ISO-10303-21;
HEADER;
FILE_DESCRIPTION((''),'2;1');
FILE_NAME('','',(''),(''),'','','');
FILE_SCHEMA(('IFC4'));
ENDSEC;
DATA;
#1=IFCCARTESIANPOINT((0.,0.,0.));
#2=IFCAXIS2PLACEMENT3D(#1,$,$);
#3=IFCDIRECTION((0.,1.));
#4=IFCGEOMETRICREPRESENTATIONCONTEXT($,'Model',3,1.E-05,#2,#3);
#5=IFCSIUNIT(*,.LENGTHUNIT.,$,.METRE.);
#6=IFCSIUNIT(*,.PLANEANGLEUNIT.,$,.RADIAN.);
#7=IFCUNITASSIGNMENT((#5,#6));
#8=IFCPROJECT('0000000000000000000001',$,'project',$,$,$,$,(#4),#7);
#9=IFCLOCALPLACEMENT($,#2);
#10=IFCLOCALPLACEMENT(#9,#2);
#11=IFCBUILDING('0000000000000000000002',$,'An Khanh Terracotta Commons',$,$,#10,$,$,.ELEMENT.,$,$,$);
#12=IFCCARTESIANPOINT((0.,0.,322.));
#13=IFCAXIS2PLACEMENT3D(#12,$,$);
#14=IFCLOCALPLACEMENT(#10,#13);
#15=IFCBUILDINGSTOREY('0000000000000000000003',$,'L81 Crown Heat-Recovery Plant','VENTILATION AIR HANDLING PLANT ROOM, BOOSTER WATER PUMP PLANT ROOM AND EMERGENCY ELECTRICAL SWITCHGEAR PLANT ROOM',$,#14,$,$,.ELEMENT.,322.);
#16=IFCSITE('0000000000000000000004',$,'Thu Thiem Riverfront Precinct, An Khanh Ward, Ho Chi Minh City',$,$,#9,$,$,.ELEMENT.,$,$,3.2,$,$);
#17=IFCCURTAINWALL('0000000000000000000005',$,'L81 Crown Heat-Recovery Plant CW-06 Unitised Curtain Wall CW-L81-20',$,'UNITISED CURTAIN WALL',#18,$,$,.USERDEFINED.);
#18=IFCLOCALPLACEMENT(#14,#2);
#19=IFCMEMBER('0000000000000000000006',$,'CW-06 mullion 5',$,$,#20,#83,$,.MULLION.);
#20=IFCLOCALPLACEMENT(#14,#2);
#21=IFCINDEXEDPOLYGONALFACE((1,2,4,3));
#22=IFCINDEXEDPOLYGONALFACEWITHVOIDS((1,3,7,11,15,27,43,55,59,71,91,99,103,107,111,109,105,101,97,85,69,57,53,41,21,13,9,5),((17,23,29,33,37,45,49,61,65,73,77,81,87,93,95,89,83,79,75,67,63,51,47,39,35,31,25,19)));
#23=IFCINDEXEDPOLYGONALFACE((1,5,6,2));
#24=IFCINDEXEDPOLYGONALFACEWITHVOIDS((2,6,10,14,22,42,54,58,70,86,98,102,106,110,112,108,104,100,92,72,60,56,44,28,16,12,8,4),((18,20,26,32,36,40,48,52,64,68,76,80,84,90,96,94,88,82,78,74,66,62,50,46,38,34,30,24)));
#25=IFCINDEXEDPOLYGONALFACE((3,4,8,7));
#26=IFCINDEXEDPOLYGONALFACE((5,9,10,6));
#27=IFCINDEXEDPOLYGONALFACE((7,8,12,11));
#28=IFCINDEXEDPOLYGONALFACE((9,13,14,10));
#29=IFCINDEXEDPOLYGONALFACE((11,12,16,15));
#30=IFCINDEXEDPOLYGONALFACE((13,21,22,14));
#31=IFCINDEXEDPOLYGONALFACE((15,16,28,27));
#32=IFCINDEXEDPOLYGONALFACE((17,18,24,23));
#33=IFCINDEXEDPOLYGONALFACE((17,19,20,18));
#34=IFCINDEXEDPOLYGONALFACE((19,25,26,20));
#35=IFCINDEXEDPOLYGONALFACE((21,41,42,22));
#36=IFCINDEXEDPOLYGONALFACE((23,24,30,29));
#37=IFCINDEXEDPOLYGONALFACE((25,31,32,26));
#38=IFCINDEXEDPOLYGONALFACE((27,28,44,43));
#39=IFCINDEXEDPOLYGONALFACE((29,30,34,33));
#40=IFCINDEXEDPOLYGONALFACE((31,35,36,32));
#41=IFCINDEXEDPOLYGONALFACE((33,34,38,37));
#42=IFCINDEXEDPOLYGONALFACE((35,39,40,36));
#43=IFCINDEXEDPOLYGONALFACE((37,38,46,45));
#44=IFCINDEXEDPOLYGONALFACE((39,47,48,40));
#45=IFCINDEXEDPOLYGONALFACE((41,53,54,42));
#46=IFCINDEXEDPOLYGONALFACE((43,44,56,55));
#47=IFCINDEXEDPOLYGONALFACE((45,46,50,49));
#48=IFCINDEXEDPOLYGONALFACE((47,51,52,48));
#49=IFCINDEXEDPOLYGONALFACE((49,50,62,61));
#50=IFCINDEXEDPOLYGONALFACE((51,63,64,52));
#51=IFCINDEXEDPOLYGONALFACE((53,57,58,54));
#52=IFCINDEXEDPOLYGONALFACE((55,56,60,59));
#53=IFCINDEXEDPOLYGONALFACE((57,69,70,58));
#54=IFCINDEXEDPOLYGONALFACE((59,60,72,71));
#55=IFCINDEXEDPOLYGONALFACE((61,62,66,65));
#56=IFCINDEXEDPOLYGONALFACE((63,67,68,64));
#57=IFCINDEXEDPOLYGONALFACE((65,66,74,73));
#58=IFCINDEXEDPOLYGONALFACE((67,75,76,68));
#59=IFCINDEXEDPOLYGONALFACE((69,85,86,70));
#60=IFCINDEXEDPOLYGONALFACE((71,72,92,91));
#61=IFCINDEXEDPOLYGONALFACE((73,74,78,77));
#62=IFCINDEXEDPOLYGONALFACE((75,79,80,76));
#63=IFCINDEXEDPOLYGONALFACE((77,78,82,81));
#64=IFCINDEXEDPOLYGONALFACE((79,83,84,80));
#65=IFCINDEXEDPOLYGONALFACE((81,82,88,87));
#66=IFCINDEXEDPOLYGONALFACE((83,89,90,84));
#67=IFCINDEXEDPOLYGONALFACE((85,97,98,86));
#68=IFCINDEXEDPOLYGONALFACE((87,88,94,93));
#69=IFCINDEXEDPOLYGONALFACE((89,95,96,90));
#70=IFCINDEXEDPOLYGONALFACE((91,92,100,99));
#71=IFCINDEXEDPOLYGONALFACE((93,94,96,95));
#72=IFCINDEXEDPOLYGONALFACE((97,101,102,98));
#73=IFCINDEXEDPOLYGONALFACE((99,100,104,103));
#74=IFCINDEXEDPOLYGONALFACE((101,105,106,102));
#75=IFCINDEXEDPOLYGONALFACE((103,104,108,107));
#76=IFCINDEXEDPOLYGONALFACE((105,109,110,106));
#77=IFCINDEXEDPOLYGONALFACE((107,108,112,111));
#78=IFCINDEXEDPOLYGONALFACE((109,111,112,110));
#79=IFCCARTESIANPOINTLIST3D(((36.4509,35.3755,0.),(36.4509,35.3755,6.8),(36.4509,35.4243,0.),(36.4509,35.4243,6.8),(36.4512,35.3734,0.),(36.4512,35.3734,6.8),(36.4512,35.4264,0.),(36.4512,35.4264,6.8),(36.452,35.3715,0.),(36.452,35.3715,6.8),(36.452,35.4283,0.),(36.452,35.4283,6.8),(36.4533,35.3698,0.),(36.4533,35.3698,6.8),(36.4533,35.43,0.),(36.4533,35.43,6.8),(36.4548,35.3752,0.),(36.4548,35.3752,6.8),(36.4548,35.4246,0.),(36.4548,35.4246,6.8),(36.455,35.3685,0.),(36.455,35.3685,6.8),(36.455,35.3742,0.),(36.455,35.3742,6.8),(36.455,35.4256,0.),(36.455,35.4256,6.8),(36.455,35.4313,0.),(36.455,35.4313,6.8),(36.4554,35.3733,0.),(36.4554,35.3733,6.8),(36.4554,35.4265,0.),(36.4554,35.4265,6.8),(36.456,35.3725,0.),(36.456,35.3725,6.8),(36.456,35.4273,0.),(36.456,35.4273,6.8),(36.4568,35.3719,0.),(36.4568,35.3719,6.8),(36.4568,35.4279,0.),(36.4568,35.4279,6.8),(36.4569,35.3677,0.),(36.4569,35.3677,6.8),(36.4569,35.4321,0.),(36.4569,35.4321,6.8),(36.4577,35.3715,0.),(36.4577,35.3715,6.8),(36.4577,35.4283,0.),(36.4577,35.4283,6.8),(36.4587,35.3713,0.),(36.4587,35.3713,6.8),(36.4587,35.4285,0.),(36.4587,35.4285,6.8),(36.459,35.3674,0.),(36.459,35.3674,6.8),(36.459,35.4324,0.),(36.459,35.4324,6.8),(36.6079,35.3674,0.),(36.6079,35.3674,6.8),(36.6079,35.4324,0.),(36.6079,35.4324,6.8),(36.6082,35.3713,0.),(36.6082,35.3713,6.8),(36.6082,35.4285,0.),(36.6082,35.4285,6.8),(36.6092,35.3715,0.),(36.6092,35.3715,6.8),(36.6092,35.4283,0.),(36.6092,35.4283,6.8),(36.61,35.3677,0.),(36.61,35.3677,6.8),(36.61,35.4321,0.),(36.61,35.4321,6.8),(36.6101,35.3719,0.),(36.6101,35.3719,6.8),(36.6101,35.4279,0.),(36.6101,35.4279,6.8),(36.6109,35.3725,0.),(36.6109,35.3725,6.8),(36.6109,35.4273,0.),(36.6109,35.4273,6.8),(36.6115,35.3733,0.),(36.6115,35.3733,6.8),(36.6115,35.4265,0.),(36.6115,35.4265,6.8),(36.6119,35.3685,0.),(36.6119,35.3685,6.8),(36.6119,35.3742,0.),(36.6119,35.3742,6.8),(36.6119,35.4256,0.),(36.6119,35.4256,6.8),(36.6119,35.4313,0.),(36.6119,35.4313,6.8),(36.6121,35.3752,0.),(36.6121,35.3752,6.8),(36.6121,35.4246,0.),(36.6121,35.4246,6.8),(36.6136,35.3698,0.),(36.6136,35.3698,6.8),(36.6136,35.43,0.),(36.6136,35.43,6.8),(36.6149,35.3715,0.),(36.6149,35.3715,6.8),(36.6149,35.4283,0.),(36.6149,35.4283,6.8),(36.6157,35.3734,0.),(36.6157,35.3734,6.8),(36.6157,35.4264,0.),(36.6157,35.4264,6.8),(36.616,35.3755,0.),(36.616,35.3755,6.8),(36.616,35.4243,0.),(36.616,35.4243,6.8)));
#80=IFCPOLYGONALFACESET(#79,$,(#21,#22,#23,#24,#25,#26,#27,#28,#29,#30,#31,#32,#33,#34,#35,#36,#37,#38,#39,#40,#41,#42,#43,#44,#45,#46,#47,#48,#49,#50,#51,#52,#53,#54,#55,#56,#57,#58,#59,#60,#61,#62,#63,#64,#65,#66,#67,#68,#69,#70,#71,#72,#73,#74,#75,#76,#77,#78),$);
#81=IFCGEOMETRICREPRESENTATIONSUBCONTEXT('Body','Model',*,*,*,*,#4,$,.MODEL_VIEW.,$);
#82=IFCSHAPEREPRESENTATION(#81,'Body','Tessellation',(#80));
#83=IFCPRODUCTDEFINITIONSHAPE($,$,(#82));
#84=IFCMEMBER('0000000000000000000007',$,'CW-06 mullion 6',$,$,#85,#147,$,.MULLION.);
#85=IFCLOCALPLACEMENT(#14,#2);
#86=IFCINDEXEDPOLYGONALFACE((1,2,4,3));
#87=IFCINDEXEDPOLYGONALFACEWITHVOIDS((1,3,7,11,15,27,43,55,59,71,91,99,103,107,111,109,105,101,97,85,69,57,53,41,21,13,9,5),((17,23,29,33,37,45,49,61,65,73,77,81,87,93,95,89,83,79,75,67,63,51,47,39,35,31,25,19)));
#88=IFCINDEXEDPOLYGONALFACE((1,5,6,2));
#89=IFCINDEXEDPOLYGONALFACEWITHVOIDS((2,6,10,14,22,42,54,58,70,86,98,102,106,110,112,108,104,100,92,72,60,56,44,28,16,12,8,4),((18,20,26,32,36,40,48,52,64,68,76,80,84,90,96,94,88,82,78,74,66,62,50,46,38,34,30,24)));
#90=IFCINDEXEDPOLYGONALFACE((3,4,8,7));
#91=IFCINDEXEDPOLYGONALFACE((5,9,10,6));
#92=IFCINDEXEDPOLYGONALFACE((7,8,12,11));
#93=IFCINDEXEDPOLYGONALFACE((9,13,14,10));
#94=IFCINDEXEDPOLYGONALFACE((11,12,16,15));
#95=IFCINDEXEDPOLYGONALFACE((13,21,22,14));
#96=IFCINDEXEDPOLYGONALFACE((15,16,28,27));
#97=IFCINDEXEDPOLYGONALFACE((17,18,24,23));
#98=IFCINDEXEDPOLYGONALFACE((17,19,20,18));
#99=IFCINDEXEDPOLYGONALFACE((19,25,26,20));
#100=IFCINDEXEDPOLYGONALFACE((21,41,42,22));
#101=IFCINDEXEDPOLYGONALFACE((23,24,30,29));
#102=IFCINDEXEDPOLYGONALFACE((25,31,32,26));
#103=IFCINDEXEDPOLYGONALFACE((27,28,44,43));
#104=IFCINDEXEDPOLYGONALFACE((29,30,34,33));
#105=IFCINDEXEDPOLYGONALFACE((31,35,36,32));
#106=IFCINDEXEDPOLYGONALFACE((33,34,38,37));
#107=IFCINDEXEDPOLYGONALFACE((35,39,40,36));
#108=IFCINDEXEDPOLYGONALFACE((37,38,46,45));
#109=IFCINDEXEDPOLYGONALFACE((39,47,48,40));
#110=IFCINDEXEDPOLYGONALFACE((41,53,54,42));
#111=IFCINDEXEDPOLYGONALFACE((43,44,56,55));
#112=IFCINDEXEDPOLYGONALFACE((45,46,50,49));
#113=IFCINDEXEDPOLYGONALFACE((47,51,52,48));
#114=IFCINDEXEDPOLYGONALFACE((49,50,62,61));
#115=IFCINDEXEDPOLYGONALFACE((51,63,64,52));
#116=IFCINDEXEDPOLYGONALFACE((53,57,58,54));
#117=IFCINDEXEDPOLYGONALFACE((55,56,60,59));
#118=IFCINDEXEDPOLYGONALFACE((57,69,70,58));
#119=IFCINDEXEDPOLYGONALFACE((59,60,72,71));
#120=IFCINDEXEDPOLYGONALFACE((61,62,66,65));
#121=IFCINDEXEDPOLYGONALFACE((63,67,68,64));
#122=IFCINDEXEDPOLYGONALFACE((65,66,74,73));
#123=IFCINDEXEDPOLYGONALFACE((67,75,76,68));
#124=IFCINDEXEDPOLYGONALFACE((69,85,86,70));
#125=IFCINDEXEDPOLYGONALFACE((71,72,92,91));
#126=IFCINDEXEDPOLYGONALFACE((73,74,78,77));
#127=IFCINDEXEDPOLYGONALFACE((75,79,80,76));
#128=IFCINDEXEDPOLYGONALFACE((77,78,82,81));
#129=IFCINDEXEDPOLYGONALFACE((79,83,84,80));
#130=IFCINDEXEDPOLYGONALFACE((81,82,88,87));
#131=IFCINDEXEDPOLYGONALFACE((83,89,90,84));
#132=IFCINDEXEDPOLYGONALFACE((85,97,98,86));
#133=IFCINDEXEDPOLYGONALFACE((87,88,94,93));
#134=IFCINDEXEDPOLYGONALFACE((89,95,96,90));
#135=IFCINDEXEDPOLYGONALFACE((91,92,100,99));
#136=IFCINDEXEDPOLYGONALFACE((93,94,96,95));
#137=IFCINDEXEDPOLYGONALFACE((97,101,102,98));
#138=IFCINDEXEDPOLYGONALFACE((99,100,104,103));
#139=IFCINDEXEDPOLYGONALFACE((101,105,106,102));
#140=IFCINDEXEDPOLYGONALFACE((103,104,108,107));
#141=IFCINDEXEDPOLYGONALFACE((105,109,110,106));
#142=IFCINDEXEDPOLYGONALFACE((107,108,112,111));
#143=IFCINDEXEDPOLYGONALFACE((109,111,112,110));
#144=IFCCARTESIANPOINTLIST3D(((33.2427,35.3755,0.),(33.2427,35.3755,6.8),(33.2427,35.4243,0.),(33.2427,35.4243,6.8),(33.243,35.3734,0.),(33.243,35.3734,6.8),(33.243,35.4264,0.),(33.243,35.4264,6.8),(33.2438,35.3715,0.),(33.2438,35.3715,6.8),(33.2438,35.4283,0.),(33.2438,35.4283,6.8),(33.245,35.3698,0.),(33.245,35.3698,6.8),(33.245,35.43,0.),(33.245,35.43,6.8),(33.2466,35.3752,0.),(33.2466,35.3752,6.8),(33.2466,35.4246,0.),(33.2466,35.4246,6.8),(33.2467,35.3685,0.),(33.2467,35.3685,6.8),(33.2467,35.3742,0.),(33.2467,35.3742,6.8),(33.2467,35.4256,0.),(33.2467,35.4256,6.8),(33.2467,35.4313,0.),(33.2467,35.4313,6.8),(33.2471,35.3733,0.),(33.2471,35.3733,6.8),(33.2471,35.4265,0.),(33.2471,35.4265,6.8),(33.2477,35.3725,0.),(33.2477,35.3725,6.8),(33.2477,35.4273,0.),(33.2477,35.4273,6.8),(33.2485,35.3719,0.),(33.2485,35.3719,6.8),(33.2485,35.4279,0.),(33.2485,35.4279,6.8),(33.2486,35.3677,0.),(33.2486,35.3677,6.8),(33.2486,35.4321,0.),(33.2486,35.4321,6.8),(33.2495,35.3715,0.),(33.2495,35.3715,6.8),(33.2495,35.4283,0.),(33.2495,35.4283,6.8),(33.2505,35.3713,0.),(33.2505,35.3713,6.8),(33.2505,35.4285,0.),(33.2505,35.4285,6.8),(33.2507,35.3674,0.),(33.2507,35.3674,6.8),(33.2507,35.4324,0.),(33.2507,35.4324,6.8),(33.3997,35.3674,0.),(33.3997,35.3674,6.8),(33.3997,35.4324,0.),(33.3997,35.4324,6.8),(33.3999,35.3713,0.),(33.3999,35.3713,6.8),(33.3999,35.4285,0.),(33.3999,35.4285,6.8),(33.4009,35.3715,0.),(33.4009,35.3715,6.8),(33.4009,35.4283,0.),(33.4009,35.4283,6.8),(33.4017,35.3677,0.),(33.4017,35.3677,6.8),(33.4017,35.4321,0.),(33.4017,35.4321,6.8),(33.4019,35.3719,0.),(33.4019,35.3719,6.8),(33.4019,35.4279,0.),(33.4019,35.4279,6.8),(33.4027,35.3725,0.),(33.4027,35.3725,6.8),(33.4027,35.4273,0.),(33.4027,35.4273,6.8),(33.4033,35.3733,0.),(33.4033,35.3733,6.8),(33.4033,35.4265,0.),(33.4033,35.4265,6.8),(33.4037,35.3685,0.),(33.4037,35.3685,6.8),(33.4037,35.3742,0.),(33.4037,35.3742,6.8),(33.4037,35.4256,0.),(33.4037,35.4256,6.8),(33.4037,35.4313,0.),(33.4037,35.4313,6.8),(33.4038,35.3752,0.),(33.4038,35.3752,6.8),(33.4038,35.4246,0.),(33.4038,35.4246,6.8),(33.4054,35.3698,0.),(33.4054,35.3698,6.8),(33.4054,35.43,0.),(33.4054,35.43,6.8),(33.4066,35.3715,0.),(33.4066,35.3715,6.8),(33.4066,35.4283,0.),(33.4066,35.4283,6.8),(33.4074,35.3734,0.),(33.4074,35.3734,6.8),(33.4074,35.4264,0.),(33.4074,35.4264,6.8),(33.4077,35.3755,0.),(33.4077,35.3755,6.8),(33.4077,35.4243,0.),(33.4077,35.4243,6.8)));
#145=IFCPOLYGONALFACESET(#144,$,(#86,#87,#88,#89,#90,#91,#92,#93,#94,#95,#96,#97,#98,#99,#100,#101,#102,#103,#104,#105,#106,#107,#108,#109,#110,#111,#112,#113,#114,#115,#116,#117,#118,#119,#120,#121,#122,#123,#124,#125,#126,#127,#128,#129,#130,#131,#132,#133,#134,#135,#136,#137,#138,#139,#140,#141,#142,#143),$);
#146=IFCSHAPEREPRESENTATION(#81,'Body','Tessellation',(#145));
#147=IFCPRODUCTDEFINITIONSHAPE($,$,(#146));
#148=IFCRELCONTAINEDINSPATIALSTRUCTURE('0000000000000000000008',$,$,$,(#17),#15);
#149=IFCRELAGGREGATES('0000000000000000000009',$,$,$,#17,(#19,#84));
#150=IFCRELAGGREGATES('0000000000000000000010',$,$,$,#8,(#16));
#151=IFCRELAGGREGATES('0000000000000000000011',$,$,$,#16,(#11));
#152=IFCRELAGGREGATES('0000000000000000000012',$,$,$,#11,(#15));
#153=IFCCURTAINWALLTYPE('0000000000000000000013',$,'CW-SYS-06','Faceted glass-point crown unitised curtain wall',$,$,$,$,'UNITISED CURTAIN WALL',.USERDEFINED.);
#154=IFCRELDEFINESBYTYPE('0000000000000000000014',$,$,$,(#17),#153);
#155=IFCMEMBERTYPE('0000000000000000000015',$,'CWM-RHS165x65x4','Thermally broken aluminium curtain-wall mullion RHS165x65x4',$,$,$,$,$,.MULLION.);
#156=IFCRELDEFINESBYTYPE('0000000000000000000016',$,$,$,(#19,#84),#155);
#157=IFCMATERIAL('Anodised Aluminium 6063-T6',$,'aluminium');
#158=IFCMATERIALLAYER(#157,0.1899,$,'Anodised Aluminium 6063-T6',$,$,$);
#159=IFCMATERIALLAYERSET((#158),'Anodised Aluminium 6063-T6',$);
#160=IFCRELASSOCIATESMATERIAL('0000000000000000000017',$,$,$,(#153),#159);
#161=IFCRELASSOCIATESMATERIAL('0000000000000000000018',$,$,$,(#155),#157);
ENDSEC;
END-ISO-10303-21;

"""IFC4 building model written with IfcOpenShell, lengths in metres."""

from ifc_helpers import new_model, si_unit, direction, frame, origin, origin_2d, place, context, subcontext, project, spatial, hollow_rectangle, extrude, material, layer, layer_set, material_profile, profile_set, type_object, element, aggregate, save


model = new_model("IFC4")

# Units and contexts
model_context = context("Model", 3, precision=1e-05, world=origin(), true_north=direction((0.0, 1.0)))
body_context = subcontext(model_context, "Body", "Model", "MODEL_VIEW")
ifc_project = project(units=[si_unit("LENGTHUNIT", "METRE"), si_unit("PLANEANGLEUNIT", "RADIAN")], contexts=[model_context])

# Site, building, storey
site_placement = place(None, origin())
site = spatial("IfcSite", under=ifc_project, at=site_placement, Name="Thu Thiem Riverfront Precinct, An Khanh Ward, Ho Chi Minh City", CompositionType="ELEMENT", RefElevation=3.2)
building_placement = place(site_placement, origin())
building = spatial("IfcBuilding", under=site, at=building_placement, Name="An Khanh Terracotta Commons", CompositionType="ELEMENT")
storey_placement = place(building_placement, frame((0.0, 0.0, 322.0)))
storey = spatial("IfcBuildingStorey", under=building, at=storey_placement, Name="L81 Crown Heat-Recovery Plant", Description="VENTILATION AIR HANDLING PLANT ROOM, BOOSTER WATER PUMP PLANT ROOM AND EMERGENCY ELECTRICAL SWITCHGEAR PLANT ROOM", CompositionType="ELEMENT", Elevation=322.0)

# Curtain wall, members
ifc_material_1 = material(Name="Anodised Aluminium 6063-T6", Category="aluminium")
ifc_layer_1 = layer(ifc_material_1, 0.1899, Name="Anodised Aluminium 6063-T6")
ifc_layer_set_1 = layer_set([ifc_layer_1], Name="Anodised Aluminium 6063-T6")
curtain_wall_type = type_object("IfcCurtainWallType", Name="CW-SYS-06", Description="Faceted glass-point crown unitised curtain wall", ElementType="UNITISED CURTAIN WALL", PredefinedType="USERDEFINED", material=ifc_layer_set_1)
curtain_wall_placement = place(storey_placement, origin())
curtain_wall = element("IfcCurtainWall", 1, at=curtain_wall_placement, inside=storey, type_object=curtain_wall_type, Name="L81 Crown Heat-Recovery Plant CW-06 Unitised Curtain Wall CW-L81-20", ObjectType="UNITISED CURTAIN WALL", PredefinedType="USERDEFINED")
ifc_material_profile_1 = material_profile(ifc_material_1, hollow_rectangle(XDim=0.0649, YDim=0.165, WallThickness=0.0039, InnerFilletRadius=0.0039, OuterFilletRadius=0.0081, at=origin_2d()), Name="RHS165x65x4")
ifc_profile_set_1 = profile_set([ifc_material_profile_1], Name="Anodised Aluminium 6063-T6")
member_type_1 = type_object("IfcMemberType", Name="CWM-RHS165x65x4", Description="Thermally broken aluminium curtain-wall mullion RHS165x65x4", PredefinedType="MULLION", material=ifc_profile_set_1)
member_1_placement = place(storey_placement, frame((36.5334, 35.3999, 0.0), z_axis=(0.0, 0.0, 1.0), x_axis=(0.0, -1.0, 0.0)))
member_1 = element("IfcMember", 2, at=member_1_placement, type_object=member_type_1, Name="CW-06 mullion 5", PredefinedType="MULLION", context=body_context, shape_type="SweptSolid", body=[
    extrude(hollow_rectangle(XDim=0.0649, YDim=0.165, WallThickness=0.0039, InnerFilletRadius=0.0039, OuterFilletRadius=0.0081, at=origin_2d()), origin(), (0.0, 0.0, 1.0), 6.8),
])
member_2_placement = place(storey_placement, frame((33.3252, 35.3999, 0.0), z_axis=(0.0, 0.0, 1.0), x_axis=(0.0, -1.0, 0.0)))
member_2 = element("IfcMember", 3, at=member_2_placement, type_object=member_type_1, Name="CW-06 mullion 6", PredefinedType="MULLION", context=body_context, shape_type="SweptSolid", body=[
    extrude(hollow_rectangle(XDim=0.0649, YDim=0.165, WallThickness=0.0039, InnerFilletRadius=0.0039, OuterFilletRadius=0.0081, at=origin_2d()), origin(), (0.0, 0.0, 1.0), 6.8),
])
aggregate(curtain_wall, [member_1, member_2])

save(model, "model.ifc")
